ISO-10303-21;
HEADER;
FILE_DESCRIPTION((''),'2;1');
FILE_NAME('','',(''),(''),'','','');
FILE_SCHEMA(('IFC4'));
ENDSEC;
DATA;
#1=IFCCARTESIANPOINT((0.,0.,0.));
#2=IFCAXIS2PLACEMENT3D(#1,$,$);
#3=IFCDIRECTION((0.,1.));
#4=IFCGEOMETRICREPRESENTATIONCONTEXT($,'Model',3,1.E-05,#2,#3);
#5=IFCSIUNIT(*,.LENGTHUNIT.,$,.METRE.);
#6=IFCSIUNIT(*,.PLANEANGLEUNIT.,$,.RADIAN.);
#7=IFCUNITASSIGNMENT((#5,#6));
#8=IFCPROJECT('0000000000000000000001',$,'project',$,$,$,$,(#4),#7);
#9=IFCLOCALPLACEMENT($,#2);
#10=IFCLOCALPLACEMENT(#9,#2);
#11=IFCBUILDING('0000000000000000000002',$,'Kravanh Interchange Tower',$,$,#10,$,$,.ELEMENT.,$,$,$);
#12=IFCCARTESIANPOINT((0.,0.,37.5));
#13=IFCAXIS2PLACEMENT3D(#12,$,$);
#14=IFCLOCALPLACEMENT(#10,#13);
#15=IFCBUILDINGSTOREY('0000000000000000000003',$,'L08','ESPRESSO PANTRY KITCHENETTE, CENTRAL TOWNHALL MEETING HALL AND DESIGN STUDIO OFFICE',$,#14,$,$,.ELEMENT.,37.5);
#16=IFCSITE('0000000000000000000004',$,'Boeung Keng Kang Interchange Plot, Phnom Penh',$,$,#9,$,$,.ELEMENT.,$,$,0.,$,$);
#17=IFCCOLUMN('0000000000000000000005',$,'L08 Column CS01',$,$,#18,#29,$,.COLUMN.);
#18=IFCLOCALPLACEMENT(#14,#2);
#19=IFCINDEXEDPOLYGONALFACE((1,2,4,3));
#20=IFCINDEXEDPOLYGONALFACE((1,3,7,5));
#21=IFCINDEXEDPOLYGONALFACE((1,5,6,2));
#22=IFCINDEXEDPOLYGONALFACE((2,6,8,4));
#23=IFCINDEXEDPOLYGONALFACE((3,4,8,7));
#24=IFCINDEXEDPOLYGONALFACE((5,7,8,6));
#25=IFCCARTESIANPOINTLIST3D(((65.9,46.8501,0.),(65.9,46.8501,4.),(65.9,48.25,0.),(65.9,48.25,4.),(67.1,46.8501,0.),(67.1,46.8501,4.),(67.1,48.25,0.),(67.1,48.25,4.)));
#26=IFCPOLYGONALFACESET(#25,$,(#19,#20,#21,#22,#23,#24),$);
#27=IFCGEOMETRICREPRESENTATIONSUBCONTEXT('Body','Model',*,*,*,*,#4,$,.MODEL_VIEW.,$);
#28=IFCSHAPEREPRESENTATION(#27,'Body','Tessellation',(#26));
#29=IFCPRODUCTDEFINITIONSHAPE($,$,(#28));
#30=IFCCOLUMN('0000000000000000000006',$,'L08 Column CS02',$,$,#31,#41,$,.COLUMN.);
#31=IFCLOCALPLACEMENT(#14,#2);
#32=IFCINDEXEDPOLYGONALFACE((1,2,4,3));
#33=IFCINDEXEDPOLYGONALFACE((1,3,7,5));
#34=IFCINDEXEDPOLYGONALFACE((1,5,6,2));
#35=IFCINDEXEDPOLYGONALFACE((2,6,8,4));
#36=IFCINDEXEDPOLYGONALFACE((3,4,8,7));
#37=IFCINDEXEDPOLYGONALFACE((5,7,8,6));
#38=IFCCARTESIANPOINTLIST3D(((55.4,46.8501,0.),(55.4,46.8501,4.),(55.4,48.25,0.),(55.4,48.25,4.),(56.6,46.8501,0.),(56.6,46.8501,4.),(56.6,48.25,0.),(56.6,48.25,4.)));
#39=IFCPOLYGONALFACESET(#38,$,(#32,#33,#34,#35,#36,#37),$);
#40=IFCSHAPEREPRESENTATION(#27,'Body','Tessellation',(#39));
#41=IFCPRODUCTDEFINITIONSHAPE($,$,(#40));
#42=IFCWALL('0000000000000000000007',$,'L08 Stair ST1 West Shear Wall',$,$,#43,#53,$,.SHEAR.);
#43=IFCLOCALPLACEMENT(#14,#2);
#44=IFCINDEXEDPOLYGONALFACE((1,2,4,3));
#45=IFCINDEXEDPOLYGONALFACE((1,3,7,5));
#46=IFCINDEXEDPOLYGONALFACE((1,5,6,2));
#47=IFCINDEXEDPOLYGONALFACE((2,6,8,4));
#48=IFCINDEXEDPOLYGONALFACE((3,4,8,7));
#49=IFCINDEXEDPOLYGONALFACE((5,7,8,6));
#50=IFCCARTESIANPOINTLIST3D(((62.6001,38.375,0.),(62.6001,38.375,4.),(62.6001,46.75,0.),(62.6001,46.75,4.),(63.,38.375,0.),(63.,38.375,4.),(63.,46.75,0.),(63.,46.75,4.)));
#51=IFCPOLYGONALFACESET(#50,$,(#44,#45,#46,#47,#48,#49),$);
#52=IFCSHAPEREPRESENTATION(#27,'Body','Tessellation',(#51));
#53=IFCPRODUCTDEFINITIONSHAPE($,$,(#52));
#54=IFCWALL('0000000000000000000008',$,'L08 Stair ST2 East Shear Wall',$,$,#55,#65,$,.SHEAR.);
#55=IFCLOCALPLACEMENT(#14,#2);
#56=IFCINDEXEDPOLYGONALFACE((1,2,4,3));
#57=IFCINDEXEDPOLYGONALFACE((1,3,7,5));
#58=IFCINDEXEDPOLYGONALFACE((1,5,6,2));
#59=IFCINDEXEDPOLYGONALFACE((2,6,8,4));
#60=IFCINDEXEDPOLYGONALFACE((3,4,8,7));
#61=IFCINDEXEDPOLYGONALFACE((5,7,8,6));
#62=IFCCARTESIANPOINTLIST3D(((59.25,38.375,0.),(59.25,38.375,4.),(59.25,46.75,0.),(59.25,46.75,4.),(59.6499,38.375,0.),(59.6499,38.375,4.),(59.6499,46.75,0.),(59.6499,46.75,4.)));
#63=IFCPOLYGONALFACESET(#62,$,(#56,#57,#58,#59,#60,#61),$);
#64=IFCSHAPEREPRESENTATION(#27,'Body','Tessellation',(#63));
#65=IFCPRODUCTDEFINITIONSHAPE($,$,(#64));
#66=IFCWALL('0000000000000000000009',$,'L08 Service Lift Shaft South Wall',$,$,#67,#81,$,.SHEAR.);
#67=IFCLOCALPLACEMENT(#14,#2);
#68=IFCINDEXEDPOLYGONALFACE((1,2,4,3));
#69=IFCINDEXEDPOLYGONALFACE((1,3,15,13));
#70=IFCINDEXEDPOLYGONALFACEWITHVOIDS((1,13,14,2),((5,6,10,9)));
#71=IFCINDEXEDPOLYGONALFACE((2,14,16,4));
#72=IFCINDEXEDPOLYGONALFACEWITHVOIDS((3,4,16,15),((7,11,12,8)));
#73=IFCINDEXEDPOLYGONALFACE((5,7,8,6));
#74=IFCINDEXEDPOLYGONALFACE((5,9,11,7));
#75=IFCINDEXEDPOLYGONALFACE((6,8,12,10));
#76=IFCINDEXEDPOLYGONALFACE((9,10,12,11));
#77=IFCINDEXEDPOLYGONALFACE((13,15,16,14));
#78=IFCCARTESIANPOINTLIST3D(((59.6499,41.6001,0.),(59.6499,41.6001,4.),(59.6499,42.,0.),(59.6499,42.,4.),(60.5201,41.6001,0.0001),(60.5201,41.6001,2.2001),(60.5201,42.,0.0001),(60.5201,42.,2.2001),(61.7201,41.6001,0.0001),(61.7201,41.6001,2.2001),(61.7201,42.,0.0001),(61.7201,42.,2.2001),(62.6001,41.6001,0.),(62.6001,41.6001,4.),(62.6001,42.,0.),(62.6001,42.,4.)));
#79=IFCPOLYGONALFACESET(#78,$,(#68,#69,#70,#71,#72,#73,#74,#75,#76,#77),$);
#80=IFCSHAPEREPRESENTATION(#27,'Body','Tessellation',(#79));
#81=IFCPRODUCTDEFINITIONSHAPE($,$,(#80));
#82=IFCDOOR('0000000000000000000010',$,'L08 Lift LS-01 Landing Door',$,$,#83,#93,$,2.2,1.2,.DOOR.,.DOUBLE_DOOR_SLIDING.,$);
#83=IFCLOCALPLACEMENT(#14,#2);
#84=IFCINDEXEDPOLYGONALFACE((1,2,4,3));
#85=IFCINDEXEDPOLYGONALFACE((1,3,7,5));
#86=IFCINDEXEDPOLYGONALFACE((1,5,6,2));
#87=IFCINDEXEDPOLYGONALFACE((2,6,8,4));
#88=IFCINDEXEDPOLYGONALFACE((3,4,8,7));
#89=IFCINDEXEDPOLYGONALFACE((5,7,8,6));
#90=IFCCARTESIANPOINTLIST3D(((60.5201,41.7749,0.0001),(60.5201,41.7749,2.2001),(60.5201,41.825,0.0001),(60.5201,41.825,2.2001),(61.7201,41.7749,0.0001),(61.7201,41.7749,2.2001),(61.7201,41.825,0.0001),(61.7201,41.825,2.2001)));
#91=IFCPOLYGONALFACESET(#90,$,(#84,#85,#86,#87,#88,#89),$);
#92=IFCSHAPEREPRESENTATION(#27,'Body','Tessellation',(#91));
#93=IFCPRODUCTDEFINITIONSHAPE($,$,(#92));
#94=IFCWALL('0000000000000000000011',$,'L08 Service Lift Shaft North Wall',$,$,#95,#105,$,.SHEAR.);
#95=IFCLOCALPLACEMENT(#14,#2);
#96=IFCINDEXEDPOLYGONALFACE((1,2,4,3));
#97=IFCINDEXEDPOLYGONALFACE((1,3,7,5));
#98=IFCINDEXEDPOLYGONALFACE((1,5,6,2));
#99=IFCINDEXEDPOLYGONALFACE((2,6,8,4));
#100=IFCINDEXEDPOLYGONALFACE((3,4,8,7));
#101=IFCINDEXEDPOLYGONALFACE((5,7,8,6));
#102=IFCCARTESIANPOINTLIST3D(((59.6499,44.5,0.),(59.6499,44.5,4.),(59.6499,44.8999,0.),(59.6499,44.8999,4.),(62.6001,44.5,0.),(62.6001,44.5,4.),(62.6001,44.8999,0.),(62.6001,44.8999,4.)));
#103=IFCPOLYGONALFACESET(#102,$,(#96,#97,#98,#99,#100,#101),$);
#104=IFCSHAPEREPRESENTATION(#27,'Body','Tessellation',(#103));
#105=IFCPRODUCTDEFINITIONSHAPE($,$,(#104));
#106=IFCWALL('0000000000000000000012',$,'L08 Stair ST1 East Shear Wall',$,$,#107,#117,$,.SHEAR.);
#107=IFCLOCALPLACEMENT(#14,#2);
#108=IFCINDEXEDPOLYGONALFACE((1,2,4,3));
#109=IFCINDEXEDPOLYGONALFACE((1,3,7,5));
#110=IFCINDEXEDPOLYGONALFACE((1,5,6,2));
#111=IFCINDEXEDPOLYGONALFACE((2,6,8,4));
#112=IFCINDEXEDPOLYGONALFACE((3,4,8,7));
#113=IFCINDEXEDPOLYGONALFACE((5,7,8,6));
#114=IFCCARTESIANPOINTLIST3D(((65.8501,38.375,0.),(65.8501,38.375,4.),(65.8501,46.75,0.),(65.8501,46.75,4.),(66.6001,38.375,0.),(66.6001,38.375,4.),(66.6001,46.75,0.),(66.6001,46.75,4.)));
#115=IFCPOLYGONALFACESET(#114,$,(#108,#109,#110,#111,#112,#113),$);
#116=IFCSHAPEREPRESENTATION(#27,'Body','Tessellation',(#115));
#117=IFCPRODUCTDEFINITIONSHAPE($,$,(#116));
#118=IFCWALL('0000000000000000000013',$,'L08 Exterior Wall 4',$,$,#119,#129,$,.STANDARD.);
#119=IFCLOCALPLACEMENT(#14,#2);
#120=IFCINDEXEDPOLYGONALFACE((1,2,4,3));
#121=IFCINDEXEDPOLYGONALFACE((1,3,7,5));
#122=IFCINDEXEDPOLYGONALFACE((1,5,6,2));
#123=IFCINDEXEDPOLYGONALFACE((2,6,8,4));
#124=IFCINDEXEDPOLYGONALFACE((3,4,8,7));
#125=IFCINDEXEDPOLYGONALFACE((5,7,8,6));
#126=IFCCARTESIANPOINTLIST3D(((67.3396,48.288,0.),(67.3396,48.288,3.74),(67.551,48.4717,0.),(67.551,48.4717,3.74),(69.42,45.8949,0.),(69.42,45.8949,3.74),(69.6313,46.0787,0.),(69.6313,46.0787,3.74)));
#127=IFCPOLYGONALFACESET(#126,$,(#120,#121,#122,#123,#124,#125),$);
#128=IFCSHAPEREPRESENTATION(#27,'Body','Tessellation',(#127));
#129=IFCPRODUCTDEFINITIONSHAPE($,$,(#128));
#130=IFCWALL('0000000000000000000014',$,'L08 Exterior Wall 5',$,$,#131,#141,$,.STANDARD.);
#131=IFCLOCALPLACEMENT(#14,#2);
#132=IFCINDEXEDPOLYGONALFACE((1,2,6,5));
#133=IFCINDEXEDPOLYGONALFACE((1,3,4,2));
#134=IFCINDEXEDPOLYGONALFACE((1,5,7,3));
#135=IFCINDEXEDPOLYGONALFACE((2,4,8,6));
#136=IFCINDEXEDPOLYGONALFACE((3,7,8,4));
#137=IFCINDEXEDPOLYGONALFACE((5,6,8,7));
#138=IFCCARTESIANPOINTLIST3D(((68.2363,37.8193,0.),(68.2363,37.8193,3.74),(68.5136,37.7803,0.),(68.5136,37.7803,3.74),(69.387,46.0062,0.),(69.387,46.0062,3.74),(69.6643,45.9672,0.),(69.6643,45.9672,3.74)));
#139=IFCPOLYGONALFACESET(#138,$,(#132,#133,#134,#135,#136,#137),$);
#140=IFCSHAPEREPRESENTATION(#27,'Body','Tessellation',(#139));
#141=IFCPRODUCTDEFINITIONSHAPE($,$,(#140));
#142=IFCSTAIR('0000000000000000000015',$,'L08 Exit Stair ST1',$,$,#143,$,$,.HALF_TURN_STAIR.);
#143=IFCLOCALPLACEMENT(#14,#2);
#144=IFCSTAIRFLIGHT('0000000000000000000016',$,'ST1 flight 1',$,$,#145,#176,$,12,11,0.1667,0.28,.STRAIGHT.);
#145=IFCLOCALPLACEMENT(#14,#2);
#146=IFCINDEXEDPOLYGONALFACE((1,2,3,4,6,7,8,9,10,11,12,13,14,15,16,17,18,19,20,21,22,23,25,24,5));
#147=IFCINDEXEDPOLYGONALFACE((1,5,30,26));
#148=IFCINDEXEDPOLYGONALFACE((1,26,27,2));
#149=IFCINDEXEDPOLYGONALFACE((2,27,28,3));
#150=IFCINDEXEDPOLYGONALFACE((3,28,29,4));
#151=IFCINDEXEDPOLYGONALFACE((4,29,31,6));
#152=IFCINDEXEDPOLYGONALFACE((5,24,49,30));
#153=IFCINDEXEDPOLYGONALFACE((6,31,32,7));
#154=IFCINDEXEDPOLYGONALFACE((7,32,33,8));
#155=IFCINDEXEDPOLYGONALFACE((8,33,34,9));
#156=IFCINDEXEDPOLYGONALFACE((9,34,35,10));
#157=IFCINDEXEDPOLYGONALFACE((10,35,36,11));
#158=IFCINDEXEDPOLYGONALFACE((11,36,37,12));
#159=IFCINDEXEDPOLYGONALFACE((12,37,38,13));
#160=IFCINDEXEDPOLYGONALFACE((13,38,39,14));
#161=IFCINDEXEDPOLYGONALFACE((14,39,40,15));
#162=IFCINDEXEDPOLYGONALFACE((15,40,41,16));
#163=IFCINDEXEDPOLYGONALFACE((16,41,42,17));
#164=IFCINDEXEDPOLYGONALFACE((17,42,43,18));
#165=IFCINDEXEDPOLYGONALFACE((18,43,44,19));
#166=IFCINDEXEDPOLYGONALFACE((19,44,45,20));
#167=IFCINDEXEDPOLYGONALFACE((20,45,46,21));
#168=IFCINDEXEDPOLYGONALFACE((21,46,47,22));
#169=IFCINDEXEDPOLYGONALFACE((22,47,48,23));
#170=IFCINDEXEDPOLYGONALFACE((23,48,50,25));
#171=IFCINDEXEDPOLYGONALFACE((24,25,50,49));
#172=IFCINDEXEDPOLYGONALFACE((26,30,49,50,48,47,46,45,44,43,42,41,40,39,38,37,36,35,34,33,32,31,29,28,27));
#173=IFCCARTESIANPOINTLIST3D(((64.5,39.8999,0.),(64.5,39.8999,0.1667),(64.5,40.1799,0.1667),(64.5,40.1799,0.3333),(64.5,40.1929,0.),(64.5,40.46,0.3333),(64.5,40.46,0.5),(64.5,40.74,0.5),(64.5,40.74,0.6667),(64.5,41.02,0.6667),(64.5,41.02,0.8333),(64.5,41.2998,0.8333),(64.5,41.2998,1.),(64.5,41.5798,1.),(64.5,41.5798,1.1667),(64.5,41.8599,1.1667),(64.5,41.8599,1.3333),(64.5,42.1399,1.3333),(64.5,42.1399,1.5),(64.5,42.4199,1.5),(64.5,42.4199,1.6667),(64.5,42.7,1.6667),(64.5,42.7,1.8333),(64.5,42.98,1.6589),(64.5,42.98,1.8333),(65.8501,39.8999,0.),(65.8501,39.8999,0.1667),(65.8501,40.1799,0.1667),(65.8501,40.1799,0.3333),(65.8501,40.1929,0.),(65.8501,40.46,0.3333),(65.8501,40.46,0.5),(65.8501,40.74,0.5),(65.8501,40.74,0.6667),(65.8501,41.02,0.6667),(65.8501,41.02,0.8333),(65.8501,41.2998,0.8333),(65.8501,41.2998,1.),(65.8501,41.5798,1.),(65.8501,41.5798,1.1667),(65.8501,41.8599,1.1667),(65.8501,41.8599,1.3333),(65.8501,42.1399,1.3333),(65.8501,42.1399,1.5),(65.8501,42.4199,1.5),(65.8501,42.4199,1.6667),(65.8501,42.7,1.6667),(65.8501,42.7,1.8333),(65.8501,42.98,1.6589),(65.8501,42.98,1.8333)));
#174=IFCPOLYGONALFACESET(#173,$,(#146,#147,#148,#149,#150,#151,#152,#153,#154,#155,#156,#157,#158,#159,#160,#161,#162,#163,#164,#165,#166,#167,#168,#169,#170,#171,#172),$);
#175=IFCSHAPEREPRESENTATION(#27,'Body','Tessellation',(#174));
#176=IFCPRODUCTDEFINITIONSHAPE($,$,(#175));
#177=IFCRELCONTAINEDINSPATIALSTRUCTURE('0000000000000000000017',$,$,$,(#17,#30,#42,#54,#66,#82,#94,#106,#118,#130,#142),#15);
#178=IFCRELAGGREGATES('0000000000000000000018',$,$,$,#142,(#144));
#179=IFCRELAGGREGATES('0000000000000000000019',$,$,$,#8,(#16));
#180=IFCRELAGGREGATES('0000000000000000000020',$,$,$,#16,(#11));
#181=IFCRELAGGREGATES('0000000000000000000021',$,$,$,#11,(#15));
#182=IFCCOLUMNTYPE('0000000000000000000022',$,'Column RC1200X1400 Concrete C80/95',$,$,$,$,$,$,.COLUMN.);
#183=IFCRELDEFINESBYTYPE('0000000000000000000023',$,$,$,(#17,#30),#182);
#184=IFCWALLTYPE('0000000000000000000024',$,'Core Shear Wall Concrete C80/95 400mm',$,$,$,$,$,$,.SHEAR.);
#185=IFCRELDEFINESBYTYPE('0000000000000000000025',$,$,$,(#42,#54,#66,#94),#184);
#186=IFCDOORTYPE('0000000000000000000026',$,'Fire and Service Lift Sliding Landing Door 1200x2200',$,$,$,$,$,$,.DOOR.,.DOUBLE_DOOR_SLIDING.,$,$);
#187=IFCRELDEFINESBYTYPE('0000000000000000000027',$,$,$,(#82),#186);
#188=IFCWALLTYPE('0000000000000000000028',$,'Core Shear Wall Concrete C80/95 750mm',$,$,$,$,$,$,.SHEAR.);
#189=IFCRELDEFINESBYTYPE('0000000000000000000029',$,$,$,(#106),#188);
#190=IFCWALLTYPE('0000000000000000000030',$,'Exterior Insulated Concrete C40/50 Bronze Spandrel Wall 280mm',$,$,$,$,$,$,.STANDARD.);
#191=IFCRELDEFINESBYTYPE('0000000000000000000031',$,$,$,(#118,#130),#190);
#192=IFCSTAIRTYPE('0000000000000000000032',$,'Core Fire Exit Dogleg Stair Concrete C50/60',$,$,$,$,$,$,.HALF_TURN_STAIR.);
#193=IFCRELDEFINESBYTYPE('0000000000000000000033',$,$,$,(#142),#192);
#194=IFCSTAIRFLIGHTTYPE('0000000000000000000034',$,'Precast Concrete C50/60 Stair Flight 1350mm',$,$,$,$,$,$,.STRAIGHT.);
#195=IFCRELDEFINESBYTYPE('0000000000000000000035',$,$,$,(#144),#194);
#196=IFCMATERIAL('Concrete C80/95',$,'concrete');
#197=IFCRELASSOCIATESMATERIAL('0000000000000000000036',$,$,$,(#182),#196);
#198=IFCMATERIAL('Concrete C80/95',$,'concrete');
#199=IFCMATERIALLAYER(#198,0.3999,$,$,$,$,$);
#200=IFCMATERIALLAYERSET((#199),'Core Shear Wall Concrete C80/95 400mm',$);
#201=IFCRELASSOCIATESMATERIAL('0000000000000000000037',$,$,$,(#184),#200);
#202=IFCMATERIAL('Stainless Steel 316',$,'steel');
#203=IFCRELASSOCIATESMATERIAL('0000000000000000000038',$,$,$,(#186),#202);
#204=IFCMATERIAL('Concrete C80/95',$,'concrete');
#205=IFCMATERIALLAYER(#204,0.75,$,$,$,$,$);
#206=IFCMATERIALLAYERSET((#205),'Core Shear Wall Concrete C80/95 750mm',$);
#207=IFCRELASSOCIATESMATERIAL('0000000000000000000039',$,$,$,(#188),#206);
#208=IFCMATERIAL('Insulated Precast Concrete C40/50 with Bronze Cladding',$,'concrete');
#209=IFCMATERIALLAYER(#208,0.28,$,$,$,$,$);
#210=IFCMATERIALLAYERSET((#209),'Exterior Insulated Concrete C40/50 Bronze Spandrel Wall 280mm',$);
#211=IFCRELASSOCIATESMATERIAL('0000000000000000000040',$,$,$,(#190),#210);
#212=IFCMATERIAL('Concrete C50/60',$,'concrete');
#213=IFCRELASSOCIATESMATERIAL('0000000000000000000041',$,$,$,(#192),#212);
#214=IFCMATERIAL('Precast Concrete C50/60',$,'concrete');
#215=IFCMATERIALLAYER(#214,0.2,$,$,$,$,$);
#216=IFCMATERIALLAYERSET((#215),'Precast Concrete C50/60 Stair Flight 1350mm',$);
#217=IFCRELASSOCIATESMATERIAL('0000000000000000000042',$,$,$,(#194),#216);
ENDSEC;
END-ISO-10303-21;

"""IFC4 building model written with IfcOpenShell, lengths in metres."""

from ifc_helpers import new_model, si_unit, direction, frame, frame_2d, origin, origin_2d, place, context, subcontext, project, spatial, polyline, rectangle, outline, extrude, material, layer, layer_set, material_profile, profile_set, type_object, element, fill, aggregate, save


model = new_model("IFC4")

# Units and contexts
model_context = context("Model", 3, precision=1e-05, world=origin(), true_north=direction((0.0, 1.0)))
body_context = subcontext(model_context, "Body", "Model", "MODEL_VIEW")
ifc_project = project(units=[si_unit("LENGTHUNIT", "METRE"), si_unit("PLANEANGLEUNIT", "RADIAN")], contexts=[model_context])

# Site, building, storey
site_placement = place(None, origin())
site = spatial("IfcSite", under=ifc_project, at=site_placement, Name="Boeung Keng Kang Interchange Plot, Phnom Penh", CompositionType="ELEMENT", RefElevation=0.0)
building_placement = place(site_placement, origin())
building = spatial("IfcBuilding", under=site, at=building_placement, Name="Kravanh Interchange Tower", CompositionType="ELEMENT")
storey_placement = place(building_placement, frame((0.0, 0.0, 37.5)))
storey = spatial("IfcBuildingStorey", under=building, at=storey_placement, Name="L08", Description="ESPRESSO PANTRY KITCHENETTE, CENTRAL TOWNHALL MEETING HALL AND DESIGN STUDIO OFFICE", CompositionType="ELEMENT", Elevation=37.5)

# Columns
ifc_material_1 = material(Name="Concrete C80/95", Category="concrete")
ifc_material_profile = material_profile(ifc_material_1, rectangle(XDim=1.2, YDim=1.3999, at=origin_2d()), Name="RC1200X1400")
ifc_profile_set = profile_set([ifc_material_profile], Name="Concrete C80/95")
column_type = type_object("IfcColumnType", Name="Column RC1200X1400 Concrete C80/95", PredefinedType="COLUMN", material=ifc_profile_set)
for number, where, z_axis, x_axis, name in (
    (1, (66.5, 47.55, 0.0), (0.0, 0.0, 1.0), (1.0, 0.0, 0.0), "L08 Column CS01"),
    (2, (56.0, 47.55, 0.0), (0.0, 0.0, 1.0), (1.0, 0.0, 0.0), "L08 Column CS02"),
):
    element("IfcColumn", number, at=place(storey_placement, frame(where, z_axis=z_axis, x_axis=x_axis)), inside=storey, type_object=column_type, Name=name, PredefinedType="COLUMN", context=body_context, shape_type="SweptSolid", body=[
        extrude(rectangle(XDim=1.2, YDim=1.3999, at=origin_2d()), origin(), (0.0, 0.0, 1.0), 4.0),
    ])

# Walls
ifc_material_2 = material(Name="Concrete C80/95", Category="concrete")
ifc_layer_1 = layer(ifc_material_2, 0.3999)
ifc_layer_set_1 = layer_set([ifc_layer_1], Name="Core Shear Wall Concrete C80/95 400mm")
wall_type_1 = type_object("IfcWallType", Name="Core Shear Wall Concrete C80/95 400mm", PredefinedType="SHEAR", material=ifc_layer_set_1)
for number, where, z_axis, x_axis, name in (
    (3, (62.8, 38.375, 0.0), (0.0, 0.0, 1.0), (0.0, 1.0, 0.0), "L08 Stair ST1 West Shear Wall"),
    (4, (59.45, 38.375, 0.0), (0.0, 0.0, 1.0), (0.0, 1.0, 0.0), "L08 Stair ST2 East Shear Wall"),
):
    element("IfcWall", number, at=place(storey_placement, frame(where, z_axis=z_axis, x_axis=x_axis)), inside=storey, type_object=wall_type_1, Name=name, PredefinedType="SHEAR", context=body_context, shape_type="SweptSolid", body=[
        extrude(rectangle(XDim=8.375, YDim=0.3999, at=frame_2d((4.1875, 0.0))), origin(), (0.0, 0.0, 1.0), 4.0),
    ])

# Wall, opening, door
wall_1_placement = place(storey_placement, frame((59.6499, 41.8, 0.0), z_axis=(0.0, 0.0, 1.0), x_axis=(1.0, 0.0, 0.0)))
wall_1 = element("IfcWall", 5, at=wall_1_placement, inside=storey, type_object=wall_type_1, Name="L08 Service Lift Shaft South Wall", PredefinedType="SHEAR", context=body_context, shape_type="SweptSolid", body=[
    extrude(rectangle(XDim=2.9502, YDim=0.3999, at=frame_2d((1.4751, 0.0))), origin(), (0.0, 0.0, 1.0), 4.0),
])
opening_placement = place(wall_1_placement, frame((0.8701, 0.0, 0.0)))
opening = element("IfcOpeningElement", 6, at=opening_placement, cuts=wall_1, PredefinedType="OPENING", context=body_context, shape_type="SweptSolid", body=[
    extrude(rectangle(XDim=1.2, YDim=2.2, at=frame_2d((0.6001, 1.1001))), frame((0.0, 0.21, 0.0), z_axis=(0.0, -1.0, 0.0), x_axis=(1.0, 0.0, 0.0)), (0.0, 0.0, 1.0), 0.4199),
])
ifc_material_3 = material(Name="Stainless Steel 316", Category="steel")
door_type = type_object("IfcDoorType", Name="Fire and Service Lift Sliding Landing Door 1200x2200", OperationType="DOUBLE_DOOR_SLIDING", PredefinedType="DOOR", material=ifc_material_3)
door_placement = place(opening_placement, origin())
door = element("IfcDoor", 7, at=door_placement, inside=storey, type_object=door_type, Name="L08 Lift LS-01 Landing Door", OperationType="DOUBLE_DOOR_SLIDING", OverallHeight=2.2, OverallWidth=1.2, PredefinedType="DOOR", context=body_context, shape_type="SweptSolid", body=[
    extrude(rectangle(XDim=1.2, YDim=2.2, at=frame_2d((0.6001, 1.1001))), frame((0.0, 0.0249, 0.0), z_axis=(0.0, -1.0, 0.0), x_axis=(1.0, 0.0, 0.0)), (0.0, 0.0, 1.0), 0.05),
])
fill(opening, door)

# Walls
wall_2_placement = place(storey_placement, frame((59.6499, 44.7, 0.0), z_axis=(0.0, 0.0, 1.0), x_axis=(1.0, 0.0, 0.0)))
element("IfcWall", 8, at=wall_2_placement, inside=storey, type_object=wall_type_1, Name="L08 Service Lift Shaft North Wall", PredefinedType="SHEAR", context=body_context, shape_type="SweptSolid", body=[
    extrude(rectangle(XDim=2.9502, YDim=0.3999, at=frame_2d((1.4751, 0.0))), origin(), (0.0, 0.0, 1.0), 4.0),
])
ifc_material_4 = material(Name="Concrete C80/95", Category="concrete")
ifc_layer_2 = layer(ifc_material_4, 0.75)
ifc_layer_set_2 = layer_set([ifc_layer_2], Name="Core Shear Wall Concrete C80/95 750mm")
wall_type_2 = type_object("IfcWallType", Name="Core Shear Wall Concrete C80/95 750mm", PredefinedType="SHEAR", material=ifc_layer_set_2)
wall_3_placement = place(storey_placement, frame((66.2251, 38.375, 0.0), z_axis=(0.0, 0.0, 1.0), x_axis=(0.0, 1.0, 0.0)))
element("IfcWall", 9, at=wall_3_placement, inside=storey, type_object=wall_type_2, Name="L08 Stair ST1 East Shear Wall", PredefinedType="SHEAR", context=body_context, shape_type="SweptSolid", body=[
    extrude(rectangle(XDim=8.375, YDim=0.75, at=frame_2d((4.1875, 0.0))), origin(), (0.0, 0.0, 1.0), 4.0),
])
ifc_material_5 = material(Name="Insulated Precast Concrete C40/50 with Bronze Cladding", Category="concrete")
ifc_layer_3 = layer(ifc_material_5, 0.28)
ifc_layer_set_3 = layer_set([ifc_layer_3], Name="Exterior Insulated Concrete C40/50 Bronze Spandrel Wall 280mm")
wall_type_3 = type_object("IfcWallType", Name="Exterior Insulated Concrete C40/50 Bronze Spandrel Wall 280mm", PredefinedType="STANDARD", material=ifc_layer_set_3)
wall_4_placement = place(storey_placement, frame((67.4453, 48.3799, 0.0), z_axis=(0.0, 0.0, 1.0), x_axis=(0.65607, -0.7547, 0.0)))
element("IfcWall", 10, at=wall_4_placement, inside=storey, type_object=wall_type_3, Name="L08 Exterior Wall 4", PredefinedType="STANDARD", context=body_context, shape_type="SweptSolid", body=[
    extrude(rectangle(XDim=3.1709, YDim=0.28, at=frame_2d((1.5854, 0.0))), origin(), (0.0, 0.0, 1.0), 3.74),
])
wall_5_placement = place(storey_placement, frame((69.5256, 45.9868, 0.0), z_axis=(0.0, 0.0, 1.0), x_axis=(-0.13918, -0.990267, 0.0)))
element("IfcWall", 11, at=wall_5_placement, inside=storey, type_object=wall_type_3, Name="L08 Exterior Wall 5", PredefinedType="STANDARD", context=body_context, shape_type="SweptSolid", body=[
    extrude(rectangle(XDim=8.2673, YDim=0.28, at=frame_2d((4.1338, 0.0))), origin(), (0.0, 0.0, 1.0), 3.74),
])

# Stair, stair flight
ifc_material_6 = material(Name="Concrete C50/60", Category="concrete")
stair_type = type_object("IfcStairType", Name="Core Fire Exit Dogleg Stair Concrete C50/60", PredefinedType="HALF_TURN_STAIR", material=ifc_material_6)
stair_1_placement = place(storey_placement, origin())
stair_1 = element("IfcStair", 12, at=stair_1_placement, inside=storey, type_object=stair_type, Name="L08 Exit Stair ST1", PredefinedType="HALF_TURN_STAIR")
ifc_material_7 = material(Name="Precast Concrete C50/60", Category="concrete")
ifc_layer_4 = layer(ifc_material_7, 0.2)
ifc_layer_set_4 = layer_set([ifc_layer_4], Name="Precast Concrete C50/60 Stair Flight 1350mm")
stair_flight_type = type_object("IfcStairFlightType", Name="Precast Concrete C50/60 Stair Flight 1350mm", PredefinedType="STRAIGHT", material=ifc_layer_set_4)
stair_flight_1_placement = place(storey_placement, frame((65.175, 39.8999, 0.0), z_axis=(0.0, 0.0, 1.0), x_axis=(0.0, 1.0, 0.0)))
stair_flight_1 = element("IfcStairFlight", 13, at=stair_flight_1_placement, type_object=stair_flight_type, Name="ST1 flight 1", NumberOfRisers=12, NumberOfTreads=11, PredefinedType="STRAIGHT", RiserHeight=0.1667, TreadLength=0.28, context=body_context, shape_type="SweptSolid", body=[
    extrude(outline(polyline([(0.0, 0.0), (0.0, 0.1667), (0.28, 0.1667), (0.28, 0.3333), (0.5601, 0.3333), (0.5601, 0.5), (0.8401, 0.5), (0.8401, 0.6667), (1.1201, 0.6667), (1.1201, 0.8333), (1.3999, 0.8333), (1.3999, 1.0), (1.6799, 1.0), (1.6799, 1.1667), (1.96, 1.1667), (1.96, 1.3333), (2.24, 1.3333), (2.24, 1.5), (2.52, 1.5), (2.52, 1.6667), (2.8, 1.6667), (2.8, 1.8333), (3.0801, 1.8333), (3.0801, 2.0), (3.0801, 1.6589), (0.293, 0.0), (0.0, 0.0)])), frame((0.0, 0.675, 0.0), z_axis=(0.0, -1.0, 0.0), x_axis=(1.0, 0.0, 0.0)), (0.0, 0.0, 1.0), 1.3501),
])
aggregate(stair_1, [stair_flight_1])

save(model, "model.ifc")
